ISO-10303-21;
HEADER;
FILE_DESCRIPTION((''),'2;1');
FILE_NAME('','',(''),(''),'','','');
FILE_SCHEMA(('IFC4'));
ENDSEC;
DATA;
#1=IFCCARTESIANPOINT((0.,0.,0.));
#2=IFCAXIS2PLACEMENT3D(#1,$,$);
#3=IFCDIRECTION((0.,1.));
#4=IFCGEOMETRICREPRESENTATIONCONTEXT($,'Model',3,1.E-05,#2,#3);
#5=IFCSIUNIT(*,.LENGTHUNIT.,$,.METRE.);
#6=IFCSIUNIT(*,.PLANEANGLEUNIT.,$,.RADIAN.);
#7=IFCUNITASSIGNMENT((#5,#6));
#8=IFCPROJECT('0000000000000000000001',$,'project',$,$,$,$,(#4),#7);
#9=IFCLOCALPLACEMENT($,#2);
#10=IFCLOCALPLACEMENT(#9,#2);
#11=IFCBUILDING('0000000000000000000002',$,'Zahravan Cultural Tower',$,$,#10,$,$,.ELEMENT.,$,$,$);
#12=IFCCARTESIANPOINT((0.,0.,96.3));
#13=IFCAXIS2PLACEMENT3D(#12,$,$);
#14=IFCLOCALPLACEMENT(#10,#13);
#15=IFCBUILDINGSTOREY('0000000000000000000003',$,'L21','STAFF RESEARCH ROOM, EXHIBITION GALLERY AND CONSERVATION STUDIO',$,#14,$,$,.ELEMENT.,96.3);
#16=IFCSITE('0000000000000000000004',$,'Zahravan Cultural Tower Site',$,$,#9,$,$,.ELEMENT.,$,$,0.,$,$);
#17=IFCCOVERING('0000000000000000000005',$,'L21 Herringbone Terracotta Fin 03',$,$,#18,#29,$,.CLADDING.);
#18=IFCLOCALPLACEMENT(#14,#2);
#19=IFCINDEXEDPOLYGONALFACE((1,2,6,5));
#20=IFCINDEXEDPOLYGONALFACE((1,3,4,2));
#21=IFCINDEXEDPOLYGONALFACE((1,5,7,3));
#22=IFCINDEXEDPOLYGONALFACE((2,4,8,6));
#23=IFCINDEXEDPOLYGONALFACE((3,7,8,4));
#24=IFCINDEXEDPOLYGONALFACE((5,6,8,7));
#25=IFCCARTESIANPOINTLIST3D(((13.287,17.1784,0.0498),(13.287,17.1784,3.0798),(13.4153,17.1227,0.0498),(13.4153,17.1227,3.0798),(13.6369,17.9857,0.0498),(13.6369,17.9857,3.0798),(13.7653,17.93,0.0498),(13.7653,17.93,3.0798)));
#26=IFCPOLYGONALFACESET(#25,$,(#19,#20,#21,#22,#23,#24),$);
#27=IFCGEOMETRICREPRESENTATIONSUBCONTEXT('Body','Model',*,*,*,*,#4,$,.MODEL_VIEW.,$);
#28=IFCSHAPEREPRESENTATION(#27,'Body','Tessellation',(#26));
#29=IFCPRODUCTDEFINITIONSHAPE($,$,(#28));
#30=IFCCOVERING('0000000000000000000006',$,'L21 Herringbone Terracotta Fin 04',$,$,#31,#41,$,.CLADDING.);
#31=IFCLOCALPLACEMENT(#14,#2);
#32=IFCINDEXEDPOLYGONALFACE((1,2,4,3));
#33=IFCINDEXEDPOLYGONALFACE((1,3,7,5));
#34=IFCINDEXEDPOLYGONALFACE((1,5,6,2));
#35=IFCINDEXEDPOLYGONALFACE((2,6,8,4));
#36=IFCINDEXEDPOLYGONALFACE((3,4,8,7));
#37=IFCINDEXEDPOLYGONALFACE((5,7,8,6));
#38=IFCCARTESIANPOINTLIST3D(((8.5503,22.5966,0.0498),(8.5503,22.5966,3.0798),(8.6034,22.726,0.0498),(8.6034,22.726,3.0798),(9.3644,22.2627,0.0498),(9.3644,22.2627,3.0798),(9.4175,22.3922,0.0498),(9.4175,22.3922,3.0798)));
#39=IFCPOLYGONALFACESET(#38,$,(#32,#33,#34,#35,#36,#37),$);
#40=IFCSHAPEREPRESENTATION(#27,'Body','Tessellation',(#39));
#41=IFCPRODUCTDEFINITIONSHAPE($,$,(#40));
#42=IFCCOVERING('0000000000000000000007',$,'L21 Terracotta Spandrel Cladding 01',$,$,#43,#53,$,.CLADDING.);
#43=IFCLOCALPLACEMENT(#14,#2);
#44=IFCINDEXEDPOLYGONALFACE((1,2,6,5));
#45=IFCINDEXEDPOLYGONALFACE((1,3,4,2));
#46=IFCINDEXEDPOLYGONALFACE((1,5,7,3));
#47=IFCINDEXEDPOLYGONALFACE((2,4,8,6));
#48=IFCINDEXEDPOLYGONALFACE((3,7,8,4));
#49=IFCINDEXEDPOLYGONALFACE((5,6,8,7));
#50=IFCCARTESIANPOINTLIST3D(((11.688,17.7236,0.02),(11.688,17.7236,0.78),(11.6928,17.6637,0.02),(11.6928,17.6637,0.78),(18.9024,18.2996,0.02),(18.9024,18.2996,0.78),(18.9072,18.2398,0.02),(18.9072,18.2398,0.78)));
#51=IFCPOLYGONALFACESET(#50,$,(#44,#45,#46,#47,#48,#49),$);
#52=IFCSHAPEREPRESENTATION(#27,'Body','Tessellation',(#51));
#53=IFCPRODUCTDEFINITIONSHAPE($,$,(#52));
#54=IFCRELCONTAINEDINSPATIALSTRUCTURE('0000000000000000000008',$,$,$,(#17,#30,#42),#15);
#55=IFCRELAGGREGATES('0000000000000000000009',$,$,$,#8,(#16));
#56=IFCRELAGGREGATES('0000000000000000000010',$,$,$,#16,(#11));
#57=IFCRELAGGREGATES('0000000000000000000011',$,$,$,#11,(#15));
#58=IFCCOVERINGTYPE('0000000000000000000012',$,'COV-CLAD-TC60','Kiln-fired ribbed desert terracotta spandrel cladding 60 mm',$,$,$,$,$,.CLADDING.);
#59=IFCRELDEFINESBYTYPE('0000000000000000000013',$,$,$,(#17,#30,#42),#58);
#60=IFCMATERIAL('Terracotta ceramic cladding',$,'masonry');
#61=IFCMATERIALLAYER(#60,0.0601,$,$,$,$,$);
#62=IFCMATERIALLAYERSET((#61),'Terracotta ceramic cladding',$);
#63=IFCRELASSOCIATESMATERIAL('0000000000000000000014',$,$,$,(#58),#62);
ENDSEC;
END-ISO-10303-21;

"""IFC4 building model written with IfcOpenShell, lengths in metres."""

from ifc_helpers import new_model, si_unit, direction, frame, origin, origin_2d, place, context, subcontext, project, spatial, rectangle, extrude, source, transform, mapped, material, layer, layer_set, type_object, element, save


model = new_model("IFC4")

# Units and contexts
model_context = context("Model", 3, precision=1e-05, world=origin(), true_north=direction((0.0, 1.0)))
body_context = subcontext(model_context, "Body", "Model", "MODEL_VIEW")
ifc_project = project(units=[si_unit("LENGTHUNIT", "METRE"), si_unit("PLANEANGLEUNIT", "RADIAN")], contexts=[model_context])

# Site, building, storey
site_placement = place(None, origin())
site = spatial("IfcSite", under=ifc_project, at=site_placement, Name="Zahravan Cultural Tower Site", CompositionType="ELEMENT", RefElevation=0.0)
building_placement = place(site_placement, origin())
building = spatial("IfcBuilding", under=site, at=building_placement, Name="Zahravan Cultural Tower", CompositionType="ELEMENT")
storey_placement = place(building_placement, frame((0.0, 0.0, 96.3)))
storey = spatial("IfcBuildingStorey", under=building, at=storey_placement, Name="L21", Description="STAFF RESEARCH ROOM, EXHIBITION GALLERY AND CONSERVATION STUDIO", CompositionType="ELEMENT", Elevation=96.3)

# Coverings
ifc_material_1 = material(Name="Terracotta ceramic cladding", Category="masonry")
ifc_layer_1 = layer(ifc_material_1, 0.0601)
ifc_layer_set_1 = layer_set([ifc_layer_1], Name="Terracotta ceramic cladding")
covering_type_1 = type_object("IfcCoveringType", Name="COV-CLAD-TC60", Description="Kiln-fired ribbed desert terracotta spandrel cladding 60 mm", PredefinedType="CLADDING", material=ifc_layer_set_1)
shared_shape_1 = source(origin(), body_context, "Body", "SweptSolid", [
    extrude(rectangle(XDim=0.8799, YDim=0.1399, at=origin_2d()), origin(), (0.0, 0.0, 1.0), 3.03),
])
for number, where, z_axis, x_axis, name in (
    (1, (13.5261, 17.5542, 0.0498), (0.0, 0.0, 1.0), (-0.397708, -0.917512, 0.0), "L21 Herringbone Terracotta Fin 03"),
    (2, (8.9839, 22.4944, 0.0498), (0.0, 0.0, 1.0), (-0.92521, 0.379456, 0.0), "L21 Herringbone Terracotta Fin 04"),
):
    element("IfcCovering", number, at=place(storey_placement, frame(where, z_axis=z_axis, x_axis=x_axis)), inside=storey, type_object=covering_type_1, Name=name, PredefinedType="CLADDING", context=body_context, shape_type="MappedRepresentation", body=[
        mapped(shared_shape_1, transform((0.0, 0.0, 0.0), x_axis=(1.0, 0.0, 0.0), y_axis=(0.0, 1.0, 0.0), z_axis=(0.0, 0.0, 1.0), scale=1.0)),
    ])
shared_shape_2 = source(origin(), body_context, "Body", "SweptSolid", [
    extrude(rectangle(XDim=7.2373, YDim=0.0601, at=origin_2d()), origin(), (0.0, 0.0, 1.0), 0.76),
])
covering_1_placement = place(storey_placement, frame((15.2976, 17.9817, 0.02), z_axis=(0.0, 0.0, 1.0), x_axis=(-0.996828, -0.07959, 0.0)))
element("IfcCovering", 3, at=covering_1_placement, inside=storey, type_object=covering_type_1, Name="L21 Terracotta Spandrel Cladding 01", PredefinedType="CLADDING", context=body_context, shape_type="MappedRepresentation", body=[
    mapped(shared_shape_2, transform((0.0, 0.0, 0.0), x_axis=(1.0, 0.0, 0.0), y_axis=(0.0, 1.0, 0.0), z_axis=(0.0, 0.0, 1.0), scale=1.0)),
])

save(model, "model.ifc")
